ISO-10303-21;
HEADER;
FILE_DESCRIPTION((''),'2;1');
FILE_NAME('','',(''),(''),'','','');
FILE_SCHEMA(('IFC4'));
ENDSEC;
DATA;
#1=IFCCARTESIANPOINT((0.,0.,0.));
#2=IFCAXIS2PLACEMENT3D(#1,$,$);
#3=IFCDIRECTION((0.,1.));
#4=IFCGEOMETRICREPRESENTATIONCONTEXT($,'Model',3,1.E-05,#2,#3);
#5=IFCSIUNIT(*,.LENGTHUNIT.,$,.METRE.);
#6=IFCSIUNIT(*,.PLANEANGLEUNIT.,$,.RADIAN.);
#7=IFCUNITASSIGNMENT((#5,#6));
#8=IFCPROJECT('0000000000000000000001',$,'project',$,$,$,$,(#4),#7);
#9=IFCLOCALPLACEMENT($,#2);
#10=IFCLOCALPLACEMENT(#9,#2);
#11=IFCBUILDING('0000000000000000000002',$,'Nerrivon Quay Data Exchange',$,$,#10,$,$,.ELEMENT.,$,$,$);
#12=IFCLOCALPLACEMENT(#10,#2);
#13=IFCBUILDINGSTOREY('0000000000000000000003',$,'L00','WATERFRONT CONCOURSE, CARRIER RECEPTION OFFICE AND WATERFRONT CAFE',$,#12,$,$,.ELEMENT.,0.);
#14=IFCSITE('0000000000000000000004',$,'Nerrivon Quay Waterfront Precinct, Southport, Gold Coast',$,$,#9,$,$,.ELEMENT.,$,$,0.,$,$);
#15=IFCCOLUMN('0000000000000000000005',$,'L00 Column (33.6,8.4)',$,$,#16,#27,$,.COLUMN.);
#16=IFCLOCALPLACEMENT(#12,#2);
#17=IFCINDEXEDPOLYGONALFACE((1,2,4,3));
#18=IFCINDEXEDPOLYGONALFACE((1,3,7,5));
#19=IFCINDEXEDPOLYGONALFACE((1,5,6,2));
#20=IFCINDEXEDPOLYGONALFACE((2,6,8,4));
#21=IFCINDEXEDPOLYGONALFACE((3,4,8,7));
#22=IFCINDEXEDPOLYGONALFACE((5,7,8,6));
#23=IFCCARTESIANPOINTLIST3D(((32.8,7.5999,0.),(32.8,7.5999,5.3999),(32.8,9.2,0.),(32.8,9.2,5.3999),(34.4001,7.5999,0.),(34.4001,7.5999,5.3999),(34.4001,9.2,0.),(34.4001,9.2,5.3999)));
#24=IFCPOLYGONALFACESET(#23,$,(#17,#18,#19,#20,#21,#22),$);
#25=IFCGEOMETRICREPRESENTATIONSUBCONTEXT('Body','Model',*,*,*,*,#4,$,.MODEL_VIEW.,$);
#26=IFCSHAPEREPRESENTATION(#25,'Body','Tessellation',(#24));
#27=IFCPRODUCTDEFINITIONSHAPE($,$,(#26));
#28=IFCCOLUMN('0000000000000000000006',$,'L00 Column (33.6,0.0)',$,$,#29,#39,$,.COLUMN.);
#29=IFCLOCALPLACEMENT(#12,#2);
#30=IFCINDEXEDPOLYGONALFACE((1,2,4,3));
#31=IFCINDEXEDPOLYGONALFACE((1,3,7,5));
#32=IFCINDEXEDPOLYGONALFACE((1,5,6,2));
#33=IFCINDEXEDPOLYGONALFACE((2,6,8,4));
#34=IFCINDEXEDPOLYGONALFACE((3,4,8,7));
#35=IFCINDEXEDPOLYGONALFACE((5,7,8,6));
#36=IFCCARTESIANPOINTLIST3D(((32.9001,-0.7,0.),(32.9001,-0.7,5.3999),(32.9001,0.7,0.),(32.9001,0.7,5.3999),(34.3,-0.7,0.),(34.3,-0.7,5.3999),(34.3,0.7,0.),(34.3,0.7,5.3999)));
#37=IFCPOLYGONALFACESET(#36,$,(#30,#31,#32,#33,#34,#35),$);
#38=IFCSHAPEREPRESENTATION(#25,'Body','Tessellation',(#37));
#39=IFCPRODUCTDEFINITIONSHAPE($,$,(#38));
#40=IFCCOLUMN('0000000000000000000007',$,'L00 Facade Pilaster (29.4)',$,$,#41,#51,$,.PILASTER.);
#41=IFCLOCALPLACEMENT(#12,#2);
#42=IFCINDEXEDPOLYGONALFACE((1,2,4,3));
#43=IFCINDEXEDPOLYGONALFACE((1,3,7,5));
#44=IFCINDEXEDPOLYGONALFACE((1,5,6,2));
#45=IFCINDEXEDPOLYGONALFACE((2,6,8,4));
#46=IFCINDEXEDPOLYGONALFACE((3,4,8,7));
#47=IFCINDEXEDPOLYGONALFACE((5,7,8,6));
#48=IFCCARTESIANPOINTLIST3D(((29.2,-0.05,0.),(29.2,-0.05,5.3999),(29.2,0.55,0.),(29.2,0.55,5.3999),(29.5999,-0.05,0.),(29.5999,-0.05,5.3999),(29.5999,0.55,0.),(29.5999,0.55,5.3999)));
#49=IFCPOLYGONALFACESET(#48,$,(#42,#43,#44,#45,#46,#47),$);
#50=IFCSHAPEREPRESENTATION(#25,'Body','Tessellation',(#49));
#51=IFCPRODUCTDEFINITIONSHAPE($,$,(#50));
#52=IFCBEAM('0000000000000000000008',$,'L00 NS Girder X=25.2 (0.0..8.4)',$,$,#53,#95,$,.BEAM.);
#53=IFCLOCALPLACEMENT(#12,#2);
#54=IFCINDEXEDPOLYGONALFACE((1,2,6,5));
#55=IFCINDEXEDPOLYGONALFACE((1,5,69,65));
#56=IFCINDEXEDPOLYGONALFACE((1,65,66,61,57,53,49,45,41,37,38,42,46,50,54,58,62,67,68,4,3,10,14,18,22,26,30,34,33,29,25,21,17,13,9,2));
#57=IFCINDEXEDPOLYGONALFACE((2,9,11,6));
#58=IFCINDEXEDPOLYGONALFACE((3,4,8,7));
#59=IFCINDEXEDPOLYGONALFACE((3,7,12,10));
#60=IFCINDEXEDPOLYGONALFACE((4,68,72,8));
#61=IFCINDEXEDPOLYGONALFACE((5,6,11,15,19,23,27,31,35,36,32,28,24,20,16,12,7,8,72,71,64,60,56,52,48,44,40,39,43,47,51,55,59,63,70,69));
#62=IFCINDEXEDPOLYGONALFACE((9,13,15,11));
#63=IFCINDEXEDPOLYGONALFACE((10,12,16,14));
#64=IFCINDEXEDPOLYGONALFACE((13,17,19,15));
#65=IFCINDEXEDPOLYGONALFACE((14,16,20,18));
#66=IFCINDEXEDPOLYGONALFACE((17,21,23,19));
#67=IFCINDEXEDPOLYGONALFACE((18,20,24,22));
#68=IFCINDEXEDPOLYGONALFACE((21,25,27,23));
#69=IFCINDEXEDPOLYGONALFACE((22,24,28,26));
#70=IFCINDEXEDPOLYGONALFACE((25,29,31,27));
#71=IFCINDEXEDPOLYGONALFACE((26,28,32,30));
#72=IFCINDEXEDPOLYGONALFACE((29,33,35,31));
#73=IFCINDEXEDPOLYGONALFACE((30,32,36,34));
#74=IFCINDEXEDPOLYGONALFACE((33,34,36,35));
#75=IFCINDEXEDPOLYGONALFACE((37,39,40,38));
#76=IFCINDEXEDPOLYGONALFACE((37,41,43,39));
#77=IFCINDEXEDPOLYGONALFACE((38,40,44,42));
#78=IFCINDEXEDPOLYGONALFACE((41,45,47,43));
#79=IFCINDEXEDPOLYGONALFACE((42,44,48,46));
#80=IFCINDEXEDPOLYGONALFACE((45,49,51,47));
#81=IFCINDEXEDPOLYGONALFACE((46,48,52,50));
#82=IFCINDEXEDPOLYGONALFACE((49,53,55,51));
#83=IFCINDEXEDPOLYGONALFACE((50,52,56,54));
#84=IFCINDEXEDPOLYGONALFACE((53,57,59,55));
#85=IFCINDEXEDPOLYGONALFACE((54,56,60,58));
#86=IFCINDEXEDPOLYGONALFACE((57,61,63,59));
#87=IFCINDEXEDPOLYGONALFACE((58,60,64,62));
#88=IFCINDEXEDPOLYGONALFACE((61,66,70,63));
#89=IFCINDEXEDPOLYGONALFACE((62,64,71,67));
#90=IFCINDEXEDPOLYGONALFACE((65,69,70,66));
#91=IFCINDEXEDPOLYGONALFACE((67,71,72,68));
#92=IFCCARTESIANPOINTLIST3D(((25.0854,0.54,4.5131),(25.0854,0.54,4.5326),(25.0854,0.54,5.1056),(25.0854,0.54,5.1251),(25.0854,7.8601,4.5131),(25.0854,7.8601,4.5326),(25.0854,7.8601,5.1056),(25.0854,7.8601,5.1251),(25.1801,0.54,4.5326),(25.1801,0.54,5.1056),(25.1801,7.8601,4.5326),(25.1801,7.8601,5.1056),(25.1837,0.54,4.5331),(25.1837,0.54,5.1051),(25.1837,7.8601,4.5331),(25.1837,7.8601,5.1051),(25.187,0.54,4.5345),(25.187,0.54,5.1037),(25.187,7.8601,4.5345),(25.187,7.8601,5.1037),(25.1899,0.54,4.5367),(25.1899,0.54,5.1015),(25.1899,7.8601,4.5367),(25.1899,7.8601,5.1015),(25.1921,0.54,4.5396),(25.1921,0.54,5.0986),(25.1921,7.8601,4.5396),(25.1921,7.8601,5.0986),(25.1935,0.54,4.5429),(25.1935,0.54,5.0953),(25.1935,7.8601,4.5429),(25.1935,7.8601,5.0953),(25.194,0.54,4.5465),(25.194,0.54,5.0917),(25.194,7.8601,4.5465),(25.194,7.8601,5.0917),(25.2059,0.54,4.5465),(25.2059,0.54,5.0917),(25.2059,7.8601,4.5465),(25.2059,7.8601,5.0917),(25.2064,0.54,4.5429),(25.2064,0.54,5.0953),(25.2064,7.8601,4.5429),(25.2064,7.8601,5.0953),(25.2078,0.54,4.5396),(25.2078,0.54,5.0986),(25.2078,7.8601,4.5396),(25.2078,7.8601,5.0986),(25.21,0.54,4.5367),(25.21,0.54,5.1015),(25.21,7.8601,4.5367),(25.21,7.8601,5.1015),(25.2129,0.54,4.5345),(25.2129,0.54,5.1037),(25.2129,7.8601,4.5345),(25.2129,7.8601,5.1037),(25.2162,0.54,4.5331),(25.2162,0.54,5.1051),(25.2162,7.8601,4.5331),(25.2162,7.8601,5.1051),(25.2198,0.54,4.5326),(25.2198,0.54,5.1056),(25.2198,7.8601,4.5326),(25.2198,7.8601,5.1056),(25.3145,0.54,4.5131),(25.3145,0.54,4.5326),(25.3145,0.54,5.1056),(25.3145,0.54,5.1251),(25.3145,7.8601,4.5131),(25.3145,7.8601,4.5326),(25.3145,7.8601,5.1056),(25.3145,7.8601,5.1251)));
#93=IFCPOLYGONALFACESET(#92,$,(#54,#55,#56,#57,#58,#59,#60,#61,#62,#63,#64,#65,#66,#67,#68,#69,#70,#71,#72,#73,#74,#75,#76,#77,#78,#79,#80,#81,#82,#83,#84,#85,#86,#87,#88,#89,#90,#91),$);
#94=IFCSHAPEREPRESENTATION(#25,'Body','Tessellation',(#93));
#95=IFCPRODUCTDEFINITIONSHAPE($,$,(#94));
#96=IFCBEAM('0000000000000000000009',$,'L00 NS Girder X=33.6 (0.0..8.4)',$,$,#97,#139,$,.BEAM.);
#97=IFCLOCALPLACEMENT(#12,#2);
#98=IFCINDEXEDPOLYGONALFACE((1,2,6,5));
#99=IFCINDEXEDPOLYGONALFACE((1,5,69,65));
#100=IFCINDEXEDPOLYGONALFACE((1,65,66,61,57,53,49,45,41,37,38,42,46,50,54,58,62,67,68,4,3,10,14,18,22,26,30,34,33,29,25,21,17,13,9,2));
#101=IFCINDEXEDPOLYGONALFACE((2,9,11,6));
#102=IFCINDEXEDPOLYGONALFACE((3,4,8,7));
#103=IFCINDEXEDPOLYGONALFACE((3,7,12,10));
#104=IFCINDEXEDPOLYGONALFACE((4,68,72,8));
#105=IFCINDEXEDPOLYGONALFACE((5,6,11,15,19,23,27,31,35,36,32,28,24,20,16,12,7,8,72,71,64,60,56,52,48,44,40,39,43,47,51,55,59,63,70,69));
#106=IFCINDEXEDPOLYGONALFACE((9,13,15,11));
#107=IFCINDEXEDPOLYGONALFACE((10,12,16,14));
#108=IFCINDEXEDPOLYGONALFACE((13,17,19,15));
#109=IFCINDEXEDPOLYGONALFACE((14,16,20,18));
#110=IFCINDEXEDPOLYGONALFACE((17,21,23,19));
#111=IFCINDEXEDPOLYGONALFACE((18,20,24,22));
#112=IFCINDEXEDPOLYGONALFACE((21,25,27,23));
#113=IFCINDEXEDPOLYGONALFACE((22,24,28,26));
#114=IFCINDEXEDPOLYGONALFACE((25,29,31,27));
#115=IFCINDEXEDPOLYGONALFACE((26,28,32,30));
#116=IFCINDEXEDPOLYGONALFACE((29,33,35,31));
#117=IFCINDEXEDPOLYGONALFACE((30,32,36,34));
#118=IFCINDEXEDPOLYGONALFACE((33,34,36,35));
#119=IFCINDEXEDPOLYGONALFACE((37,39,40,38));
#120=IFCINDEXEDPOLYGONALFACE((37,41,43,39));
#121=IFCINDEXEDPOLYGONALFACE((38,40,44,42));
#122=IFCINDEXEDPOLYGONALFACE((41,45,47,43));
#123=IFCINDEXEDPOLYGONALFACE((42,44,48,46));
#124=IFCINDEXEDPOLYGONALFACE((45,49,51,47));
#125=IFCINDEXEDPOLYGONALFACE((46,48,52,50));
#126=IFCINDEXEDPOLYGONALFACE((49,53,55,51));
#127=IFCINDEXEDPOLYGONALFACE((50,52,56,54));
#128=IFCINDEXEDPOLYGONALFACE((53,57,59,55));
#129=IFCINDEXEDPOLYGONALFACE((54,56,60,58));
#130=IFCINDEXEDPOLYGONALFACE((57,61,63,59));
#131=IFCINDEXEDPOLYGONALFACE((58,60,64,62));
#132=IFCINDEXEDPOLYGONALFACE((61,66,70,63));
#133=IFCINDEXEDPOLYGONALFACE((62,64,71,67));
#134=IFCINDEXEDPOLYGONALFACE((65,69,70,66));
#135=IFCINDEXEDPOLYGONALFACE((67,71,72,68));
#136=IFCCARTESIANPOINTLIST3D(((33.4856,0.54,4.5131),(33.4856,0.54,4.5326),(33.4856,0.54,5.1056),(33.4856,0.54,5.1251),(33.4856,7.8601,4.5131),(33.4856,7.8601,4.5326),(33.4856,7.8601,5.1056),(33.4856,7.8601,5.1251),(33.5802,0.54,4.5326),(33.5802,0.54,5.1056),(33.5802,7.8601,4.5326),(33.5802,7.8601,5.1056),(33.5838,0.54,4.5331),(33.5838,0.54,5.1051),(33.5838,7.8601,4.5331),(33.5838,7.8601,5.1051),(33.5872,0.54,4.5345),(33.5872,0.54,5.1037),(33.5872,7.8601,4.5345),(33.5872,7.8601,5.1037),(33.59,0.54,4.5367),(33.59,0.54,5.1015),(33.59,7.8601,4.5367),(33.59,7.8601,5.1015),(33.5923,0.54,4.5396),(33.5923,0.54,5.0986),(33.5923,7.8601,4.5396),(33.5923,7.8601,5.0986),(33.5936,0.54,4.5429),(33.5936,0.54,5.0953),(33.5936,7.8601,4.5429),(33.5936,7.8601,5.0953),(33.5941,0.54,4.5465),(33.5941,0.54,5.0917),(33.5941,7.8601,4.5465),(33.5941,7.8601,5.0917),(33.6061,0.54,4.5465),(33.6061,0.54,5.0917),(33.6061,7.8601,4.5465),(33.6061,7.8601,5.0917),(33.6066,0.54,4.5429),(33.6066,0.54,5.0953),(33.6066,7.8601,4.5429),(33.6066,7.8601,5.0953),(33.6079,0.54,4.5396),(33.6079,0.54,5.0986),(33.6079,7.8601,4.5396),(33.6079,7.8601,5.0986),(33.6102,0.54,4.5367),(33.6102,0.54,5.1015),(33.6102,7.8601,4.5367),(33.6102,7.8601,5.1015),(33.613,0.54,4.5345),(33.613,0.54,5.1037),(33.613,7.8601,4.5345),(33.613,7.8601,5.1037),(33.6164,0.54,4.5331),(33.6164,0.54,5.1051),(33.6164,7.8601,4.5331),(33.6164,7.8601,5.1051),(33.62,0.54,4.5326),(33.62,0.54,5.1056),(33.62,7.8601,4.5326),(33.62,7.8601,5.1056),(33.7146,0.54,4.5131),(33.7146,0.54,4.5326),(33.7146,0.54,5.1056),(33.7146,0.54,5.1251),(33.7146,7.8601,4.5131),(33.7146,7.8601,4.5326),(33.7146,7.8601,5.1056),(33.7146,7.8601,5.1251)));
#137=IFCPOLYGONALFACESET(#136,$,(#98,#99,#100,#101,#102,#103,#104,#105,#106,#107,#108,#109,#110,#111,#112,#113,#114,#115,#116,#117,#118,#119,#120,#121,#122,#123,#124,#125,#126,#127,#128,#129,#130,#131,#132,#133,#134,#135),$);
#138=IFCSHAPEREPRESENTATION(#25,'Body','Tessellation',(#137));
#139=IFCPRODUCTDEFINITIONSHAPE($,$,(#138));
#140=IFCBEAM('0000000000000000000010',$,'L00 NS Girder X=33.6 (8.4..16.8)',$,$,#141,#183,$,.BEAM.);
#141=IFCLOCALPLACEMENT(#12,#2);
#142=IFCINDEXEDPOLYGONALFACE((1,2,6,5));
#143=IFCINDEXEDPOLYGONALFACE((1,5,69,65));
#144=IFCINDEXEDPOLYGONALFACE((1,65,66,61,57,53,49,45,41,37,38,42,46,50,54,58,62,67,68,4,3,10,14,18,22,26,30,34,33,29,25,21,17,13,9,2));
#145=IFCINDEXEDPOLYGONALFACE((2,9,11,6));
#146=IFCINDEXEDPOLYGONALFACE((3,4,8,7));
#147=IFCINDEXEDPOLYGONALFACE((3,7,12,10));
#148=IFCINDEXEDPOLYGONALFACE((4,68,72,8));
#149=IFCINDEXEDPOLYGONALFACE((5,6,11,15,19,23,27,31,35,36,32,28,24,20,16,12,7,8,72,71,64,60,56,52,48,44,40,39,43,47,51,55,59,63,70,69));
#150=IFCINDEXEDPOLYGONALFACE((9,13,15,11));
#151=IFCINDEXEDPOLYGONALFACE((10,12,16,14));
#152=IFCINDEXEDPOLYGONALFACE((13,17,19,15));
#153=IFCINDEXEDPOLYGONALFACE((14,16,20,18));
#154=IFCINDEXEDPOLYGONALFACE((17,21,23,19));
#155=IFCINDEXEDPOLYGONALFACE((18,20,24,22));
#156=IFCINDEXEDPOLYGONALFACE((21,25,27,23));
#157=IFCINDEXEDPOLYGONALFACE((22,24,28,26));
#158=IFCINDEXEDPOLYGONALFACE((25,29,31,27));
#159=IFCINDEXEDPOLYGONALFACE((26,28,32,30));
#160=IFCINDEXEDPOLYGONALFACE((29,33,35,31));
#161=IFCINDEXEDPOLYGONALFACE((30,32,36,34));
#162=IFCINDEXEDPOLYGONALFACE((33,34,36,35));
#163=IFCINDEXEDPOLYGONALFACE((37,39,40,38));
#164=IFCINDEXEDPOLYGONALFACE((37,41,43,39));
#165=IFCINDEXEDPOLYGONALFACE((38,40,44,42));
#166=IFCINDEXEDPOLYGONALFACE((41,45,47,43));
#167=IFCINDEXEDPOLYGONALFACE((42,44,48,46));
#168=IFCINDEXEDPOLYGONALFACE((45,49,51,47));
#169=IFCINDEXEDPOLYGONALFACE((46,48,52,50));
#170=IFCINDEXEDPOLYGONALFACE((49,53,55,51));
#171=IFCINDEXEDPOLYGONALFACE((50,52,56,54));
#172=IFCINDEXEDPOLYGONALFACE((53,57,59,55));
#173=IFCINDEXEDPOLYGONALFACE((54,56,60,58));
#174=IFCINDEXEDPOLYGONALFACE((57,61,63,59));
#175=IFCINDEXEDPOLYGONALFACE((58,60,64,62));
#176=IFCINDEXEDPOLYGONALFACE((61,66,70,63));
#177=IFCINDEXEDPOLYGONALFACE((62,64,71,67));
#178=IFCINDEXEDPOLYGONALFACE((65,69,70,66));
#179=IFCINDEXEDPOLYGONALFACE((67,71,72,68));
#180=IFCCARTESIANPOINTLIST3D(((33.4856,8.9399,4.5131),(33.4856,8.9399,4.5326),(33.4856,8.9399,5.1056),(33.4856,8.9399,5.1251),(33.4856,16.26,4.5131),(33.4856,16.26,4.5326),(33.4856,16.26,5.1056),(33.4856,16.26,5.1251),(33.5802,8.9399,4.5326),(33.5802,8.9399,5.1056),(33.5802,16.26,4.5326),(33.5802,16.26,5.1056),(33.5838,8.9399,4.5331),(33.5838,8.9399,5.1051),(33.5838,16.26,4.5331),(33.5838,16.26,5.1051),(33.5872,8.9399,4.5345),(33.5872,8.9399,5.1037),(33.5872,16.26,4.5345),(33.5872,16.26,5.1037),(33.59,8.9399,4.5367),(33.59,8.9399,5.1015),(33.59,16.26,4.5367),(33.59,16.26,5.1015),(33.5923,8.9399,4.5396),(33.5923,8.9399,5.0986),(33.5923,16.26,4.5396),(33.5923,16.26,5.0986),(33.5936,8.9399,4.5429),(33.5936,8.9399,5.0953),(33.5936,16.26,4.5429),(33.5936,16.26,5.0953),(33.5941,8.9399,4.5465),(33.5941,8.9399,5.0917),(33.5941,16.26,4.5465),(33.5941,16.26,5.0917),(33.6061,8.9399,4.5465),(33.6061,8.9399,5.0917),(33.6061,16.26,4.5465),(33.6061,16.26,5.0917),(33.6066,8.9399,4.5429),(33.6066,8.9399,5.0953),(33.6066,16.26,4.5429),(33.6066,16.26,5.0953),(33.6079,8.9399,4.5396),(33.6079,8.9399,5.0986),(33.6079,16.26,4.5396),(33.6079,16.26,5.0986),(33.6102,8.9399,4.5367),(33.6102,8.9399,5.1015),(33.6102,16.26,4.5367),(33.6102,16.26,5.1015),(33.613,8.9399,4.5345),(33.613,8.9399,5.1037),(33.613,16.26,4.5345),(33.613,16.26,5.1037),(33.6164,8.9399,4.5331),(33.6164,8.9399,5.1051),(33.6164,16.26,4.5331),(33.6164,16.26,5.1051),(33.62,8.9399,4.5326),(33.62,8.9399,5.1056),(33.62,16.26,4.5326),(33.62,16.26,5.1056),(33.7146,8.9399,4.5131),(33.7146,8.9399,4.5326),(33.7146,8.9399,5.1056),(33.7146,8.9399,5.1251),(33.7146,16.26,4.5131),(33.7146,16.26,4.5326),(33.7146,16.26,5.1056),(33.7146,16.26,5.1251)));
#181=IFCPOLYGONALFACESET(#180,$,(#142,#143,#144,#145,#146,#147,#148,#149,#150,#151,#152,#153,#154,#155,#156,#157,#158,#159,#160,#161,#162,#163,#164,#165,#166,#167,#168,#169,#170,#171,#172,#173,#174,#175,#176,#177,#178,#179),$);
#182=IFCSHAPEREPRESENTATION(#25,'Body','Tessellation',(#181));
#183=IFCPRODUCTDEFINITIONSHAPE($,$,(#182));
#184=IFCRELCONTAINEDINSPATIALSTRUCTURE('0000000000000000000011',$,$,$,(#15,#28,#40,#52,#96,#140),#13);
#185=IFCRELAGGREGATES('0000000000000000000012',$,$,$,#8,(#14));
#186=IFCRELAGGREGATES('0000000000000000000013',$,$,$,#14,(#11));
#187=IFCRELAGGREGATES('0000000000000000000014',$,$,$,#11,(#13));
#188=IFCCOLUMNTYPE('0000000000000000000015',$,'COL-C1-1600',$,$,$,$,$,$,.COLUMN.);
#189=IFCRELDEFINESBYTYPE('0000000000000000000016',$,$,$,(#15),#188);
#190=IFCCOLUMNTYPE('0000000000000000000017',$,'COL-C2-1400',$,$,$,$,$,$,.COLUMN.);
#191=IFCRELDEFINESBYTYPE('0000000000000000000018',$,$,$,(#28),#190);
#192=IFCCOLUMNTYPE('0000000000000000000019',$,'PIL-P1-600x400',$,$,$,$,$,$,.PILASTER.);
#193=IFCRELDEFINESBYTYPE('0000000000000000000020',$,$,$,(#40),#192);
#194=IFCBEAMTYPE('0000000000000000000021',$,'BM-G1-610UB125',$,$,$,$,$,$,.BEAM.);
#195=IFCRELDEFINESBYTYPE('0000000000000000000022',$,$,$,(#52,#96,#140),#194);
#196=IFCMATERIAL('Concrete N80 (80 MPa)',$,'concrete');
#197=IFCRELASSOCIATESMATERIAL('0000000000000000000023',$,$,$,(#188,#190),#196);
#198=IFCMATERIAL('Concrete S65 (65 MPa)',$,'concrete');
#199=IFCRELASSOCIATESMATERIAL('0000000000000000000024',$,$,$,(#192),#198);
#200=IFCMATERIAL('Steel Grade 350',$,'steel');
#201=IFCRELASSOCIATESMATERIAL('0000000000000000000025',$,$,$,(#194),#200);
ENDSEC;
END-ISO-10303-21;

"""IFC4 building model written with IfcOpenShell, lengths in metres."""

from ifc_helpers import new_model, si_unit, direction, frame, origin, origin_2d, place, context, subcontext, project, spatial, rectangle, i_section, extrude, material, material_profile, profile_set, type_object, element, save


model = new_model("IFC4")

# Units and contexts
model_context = context("Model", 3, precision=1e-05, world=origin(), true_north=direction((0.0, 1.0)))
body_context = subcontext(model_context, "Body", "Model", "MODEL_VIEW")
ifc_project = project(units=[si_unit("LENGTHUNIT", "METRE"), si_unit("PLANEANGLEUNIT", "RADIAN")], contexts=[model_context])

# Site, building, storey
site_placement = place(None, origin())
site = spatial("IfcSite", under=ifc_project, at=site_placement, Name="Nerrivon Quay Waterfront Precinct, Southport, Gold Coast", CompositionType="ELEMENT", RefElevation=0.0)
building_placement = place(site_placement, origin())
building = spatial("IfcBuilding", under=site, at=building_placement, Name="Nerrivon Quay Data Exchange", CompositionType="ELEMENT")
storey_placement = place(building_placement, origin())
storey = spatial("IfcBuildingStorey", under=building, at=storey_placement, Name="L00", Description="WATERFRONT CONCOURSE, CARRIER RECEPTION OFFICE AND WATERFRONT CAFE", CompositionType="ELEMENT", Elevation=0.0)

# Columns
ifc_material_1 = material(Name="Concrete N80 (80 MPa)", Category="concrete")
ifc_material_profile_1 = material_profile(ifc_material_1, rectangle(XDim=1.6001, YDim=1.6001, at=origin_2d()), Name="RC-COL-1600x1600")
ifc_profile_set_1 = profile_set([ifc_material_profile_1], Name="Concrete N80 (80 MPa)")
column_type_1 = type_object("IfcColumnType", Name="COL-C1-1600", PredefinedType="COLUMN", material=ifc_profile_set_1)
column_1_placement = place(storey_placement, frame((33.6001, 8.3999, 0.0), z_axis=(0.0, 0.0, 1.0), x_axis=(1.0, 0.0, 0.0)))
element("IfcColumn", 1, at=column_1_placement, inside=storey, type_object=column_type_1, Name="L00 Column (33.6,8.4)", PredefinedType="COLUMN", context=body_context, shape_type="SweptSolid", body=[
    extrude(rectangle(XDim=1.6001, YDim=1.6001, at=origin_2d()), origin(), (0.0, 0.0, 1.0), 5.3999),
])
ifc_material_profile_2 = material_profile(ifc_material_1, rectangle(XDim=1.3999, YDim=1.3999, at=origin_2d()), Name="RC-COL-1400x1400")
ifc_profile_set_2 = profile_set([ifc_material_profile_2], Name="Concrete N80 (80 MPa)")
column_type_2 = type_object("IfcColumnType", Name="COL-C2-1400", PredefinedType="COLUMN", material=ifc_profile_set_2)
column_2_placement = place(storey_placement, frame((33.6001, 0.0, 0.0), z_axis=(0.0, 0.0, 1.0), x_axis=(1.0, 0.0, 0.0)))
element("IfcColumn", 2, at=column_2_placement, inside=storey, type_object=column_type_2, Name="L00 Column (33.6,0.0)", PredefinedType="COLUMN", context=body_context, shape_type="SweptSolid", body=[
    extrude(rectangle(XDim=1.3999, YDim=1.3999, at=origin_2d()), origin(), (0.0, 0.0, 1.0), 5.3999),
])
ifc_material_2 = material(Name="Concrete S65 (65 MPa)", Category="concrete")
ifc_material_profile_3 = material_profile(ifc_material_2, rectangle(XDim=0.3999, YDim=0.6001, at=origin_2d()), Name="RC-PIL-600x400")
ifc_profile_set_3 = profile_set([ifc_material_profile_3], Name="Concrete S65 (65 MPa)")
column_type_3 = type_object("IfcColumnType", Name="PIL-P1-600x400", PredefinedType="PILASTER", material=ifc_profile_set_3)
column_3_placement = place(storey_placement, frame((29.3999, 0.25, 0.0), z_axis=(0.0, 0.0, 1.0), x_axis=(1.0, 0.0, 0.0)))
element("IfcColumn", 3, at=column_3_placement, inside=storey, type_object=column_type_3, Name="L00 Facade Pilaster (29.4)", PredefinedType="PILASTER", context=body_context, shape_type="SweptSolid", body=[
    extrude(rectangle(XDim=0.3999, YDim=0.6001, at=origin_2d()), origin(), (0.0, 0.0, 1.0), 5.3999),
])

# Beams
ifc_material_3 = material(Name="Steel Grade 350", Category="steel")
ifc_material_profile_4 = material_profile(ifc_material_3, i_section(OverallWidth=0.229, OverallDepth=0.6121, WebThickness=0.012, FlangeThickness=0.0195, FilletRadius=0.0139, at=origin_2d()), Name="610UB125")
ifc_profile_set_4 = profile_set([ifc_material_profile_4], Name="Steel Grade 350")
beam_type_1 = type_object("IfcBeamType", Name="BM-G1-610UB125", PredefinedType="BEAM", material=ifc_profile_set_4)
for number, where, z_axis, x_axis, name in (
    (4, (25.2, 0.54, 4.8191), (0.0, 1.0, 0.0), (-1.0, 0.0, 0.0), "L00 NS Girder X=25.2 (0.0..8.4)"),
    (5, (33.6001, 0.54, 4.8191), (0.0, 1.0, 0.0), (-1.0, 0.0, 0.0), "L00 NS Girder X=33.6 (0.0..8.4)"),
    (6, (33.6001, 8.9399, 4.8191), (0.0, 1.0, 0.0), (-1.0, 0.0, 0.0), "L00 NS Girder X=33.6 (8.4..16.8)"),
):
    element("IfcBeam", number, at=place(storey_placement, frame(where, z_axis=z_axis, x_axis=x_axis)), inside=storey, type_object=beam_type_1, Name=name, PredefinedType="BEAM", context=body_context, shape_type="SweptSolid", body=[
        extrude(i_section(OverallWidth=0.229, OverallDepth=0.6121, WebThickness=0.012, FlangeThickness=0.0195, FilletRadius=0.0139, at=origin_2d()), origin(), (0.0, 0.0, 1.0), 7.3201),
    ])

save(model, "model.ifc")
